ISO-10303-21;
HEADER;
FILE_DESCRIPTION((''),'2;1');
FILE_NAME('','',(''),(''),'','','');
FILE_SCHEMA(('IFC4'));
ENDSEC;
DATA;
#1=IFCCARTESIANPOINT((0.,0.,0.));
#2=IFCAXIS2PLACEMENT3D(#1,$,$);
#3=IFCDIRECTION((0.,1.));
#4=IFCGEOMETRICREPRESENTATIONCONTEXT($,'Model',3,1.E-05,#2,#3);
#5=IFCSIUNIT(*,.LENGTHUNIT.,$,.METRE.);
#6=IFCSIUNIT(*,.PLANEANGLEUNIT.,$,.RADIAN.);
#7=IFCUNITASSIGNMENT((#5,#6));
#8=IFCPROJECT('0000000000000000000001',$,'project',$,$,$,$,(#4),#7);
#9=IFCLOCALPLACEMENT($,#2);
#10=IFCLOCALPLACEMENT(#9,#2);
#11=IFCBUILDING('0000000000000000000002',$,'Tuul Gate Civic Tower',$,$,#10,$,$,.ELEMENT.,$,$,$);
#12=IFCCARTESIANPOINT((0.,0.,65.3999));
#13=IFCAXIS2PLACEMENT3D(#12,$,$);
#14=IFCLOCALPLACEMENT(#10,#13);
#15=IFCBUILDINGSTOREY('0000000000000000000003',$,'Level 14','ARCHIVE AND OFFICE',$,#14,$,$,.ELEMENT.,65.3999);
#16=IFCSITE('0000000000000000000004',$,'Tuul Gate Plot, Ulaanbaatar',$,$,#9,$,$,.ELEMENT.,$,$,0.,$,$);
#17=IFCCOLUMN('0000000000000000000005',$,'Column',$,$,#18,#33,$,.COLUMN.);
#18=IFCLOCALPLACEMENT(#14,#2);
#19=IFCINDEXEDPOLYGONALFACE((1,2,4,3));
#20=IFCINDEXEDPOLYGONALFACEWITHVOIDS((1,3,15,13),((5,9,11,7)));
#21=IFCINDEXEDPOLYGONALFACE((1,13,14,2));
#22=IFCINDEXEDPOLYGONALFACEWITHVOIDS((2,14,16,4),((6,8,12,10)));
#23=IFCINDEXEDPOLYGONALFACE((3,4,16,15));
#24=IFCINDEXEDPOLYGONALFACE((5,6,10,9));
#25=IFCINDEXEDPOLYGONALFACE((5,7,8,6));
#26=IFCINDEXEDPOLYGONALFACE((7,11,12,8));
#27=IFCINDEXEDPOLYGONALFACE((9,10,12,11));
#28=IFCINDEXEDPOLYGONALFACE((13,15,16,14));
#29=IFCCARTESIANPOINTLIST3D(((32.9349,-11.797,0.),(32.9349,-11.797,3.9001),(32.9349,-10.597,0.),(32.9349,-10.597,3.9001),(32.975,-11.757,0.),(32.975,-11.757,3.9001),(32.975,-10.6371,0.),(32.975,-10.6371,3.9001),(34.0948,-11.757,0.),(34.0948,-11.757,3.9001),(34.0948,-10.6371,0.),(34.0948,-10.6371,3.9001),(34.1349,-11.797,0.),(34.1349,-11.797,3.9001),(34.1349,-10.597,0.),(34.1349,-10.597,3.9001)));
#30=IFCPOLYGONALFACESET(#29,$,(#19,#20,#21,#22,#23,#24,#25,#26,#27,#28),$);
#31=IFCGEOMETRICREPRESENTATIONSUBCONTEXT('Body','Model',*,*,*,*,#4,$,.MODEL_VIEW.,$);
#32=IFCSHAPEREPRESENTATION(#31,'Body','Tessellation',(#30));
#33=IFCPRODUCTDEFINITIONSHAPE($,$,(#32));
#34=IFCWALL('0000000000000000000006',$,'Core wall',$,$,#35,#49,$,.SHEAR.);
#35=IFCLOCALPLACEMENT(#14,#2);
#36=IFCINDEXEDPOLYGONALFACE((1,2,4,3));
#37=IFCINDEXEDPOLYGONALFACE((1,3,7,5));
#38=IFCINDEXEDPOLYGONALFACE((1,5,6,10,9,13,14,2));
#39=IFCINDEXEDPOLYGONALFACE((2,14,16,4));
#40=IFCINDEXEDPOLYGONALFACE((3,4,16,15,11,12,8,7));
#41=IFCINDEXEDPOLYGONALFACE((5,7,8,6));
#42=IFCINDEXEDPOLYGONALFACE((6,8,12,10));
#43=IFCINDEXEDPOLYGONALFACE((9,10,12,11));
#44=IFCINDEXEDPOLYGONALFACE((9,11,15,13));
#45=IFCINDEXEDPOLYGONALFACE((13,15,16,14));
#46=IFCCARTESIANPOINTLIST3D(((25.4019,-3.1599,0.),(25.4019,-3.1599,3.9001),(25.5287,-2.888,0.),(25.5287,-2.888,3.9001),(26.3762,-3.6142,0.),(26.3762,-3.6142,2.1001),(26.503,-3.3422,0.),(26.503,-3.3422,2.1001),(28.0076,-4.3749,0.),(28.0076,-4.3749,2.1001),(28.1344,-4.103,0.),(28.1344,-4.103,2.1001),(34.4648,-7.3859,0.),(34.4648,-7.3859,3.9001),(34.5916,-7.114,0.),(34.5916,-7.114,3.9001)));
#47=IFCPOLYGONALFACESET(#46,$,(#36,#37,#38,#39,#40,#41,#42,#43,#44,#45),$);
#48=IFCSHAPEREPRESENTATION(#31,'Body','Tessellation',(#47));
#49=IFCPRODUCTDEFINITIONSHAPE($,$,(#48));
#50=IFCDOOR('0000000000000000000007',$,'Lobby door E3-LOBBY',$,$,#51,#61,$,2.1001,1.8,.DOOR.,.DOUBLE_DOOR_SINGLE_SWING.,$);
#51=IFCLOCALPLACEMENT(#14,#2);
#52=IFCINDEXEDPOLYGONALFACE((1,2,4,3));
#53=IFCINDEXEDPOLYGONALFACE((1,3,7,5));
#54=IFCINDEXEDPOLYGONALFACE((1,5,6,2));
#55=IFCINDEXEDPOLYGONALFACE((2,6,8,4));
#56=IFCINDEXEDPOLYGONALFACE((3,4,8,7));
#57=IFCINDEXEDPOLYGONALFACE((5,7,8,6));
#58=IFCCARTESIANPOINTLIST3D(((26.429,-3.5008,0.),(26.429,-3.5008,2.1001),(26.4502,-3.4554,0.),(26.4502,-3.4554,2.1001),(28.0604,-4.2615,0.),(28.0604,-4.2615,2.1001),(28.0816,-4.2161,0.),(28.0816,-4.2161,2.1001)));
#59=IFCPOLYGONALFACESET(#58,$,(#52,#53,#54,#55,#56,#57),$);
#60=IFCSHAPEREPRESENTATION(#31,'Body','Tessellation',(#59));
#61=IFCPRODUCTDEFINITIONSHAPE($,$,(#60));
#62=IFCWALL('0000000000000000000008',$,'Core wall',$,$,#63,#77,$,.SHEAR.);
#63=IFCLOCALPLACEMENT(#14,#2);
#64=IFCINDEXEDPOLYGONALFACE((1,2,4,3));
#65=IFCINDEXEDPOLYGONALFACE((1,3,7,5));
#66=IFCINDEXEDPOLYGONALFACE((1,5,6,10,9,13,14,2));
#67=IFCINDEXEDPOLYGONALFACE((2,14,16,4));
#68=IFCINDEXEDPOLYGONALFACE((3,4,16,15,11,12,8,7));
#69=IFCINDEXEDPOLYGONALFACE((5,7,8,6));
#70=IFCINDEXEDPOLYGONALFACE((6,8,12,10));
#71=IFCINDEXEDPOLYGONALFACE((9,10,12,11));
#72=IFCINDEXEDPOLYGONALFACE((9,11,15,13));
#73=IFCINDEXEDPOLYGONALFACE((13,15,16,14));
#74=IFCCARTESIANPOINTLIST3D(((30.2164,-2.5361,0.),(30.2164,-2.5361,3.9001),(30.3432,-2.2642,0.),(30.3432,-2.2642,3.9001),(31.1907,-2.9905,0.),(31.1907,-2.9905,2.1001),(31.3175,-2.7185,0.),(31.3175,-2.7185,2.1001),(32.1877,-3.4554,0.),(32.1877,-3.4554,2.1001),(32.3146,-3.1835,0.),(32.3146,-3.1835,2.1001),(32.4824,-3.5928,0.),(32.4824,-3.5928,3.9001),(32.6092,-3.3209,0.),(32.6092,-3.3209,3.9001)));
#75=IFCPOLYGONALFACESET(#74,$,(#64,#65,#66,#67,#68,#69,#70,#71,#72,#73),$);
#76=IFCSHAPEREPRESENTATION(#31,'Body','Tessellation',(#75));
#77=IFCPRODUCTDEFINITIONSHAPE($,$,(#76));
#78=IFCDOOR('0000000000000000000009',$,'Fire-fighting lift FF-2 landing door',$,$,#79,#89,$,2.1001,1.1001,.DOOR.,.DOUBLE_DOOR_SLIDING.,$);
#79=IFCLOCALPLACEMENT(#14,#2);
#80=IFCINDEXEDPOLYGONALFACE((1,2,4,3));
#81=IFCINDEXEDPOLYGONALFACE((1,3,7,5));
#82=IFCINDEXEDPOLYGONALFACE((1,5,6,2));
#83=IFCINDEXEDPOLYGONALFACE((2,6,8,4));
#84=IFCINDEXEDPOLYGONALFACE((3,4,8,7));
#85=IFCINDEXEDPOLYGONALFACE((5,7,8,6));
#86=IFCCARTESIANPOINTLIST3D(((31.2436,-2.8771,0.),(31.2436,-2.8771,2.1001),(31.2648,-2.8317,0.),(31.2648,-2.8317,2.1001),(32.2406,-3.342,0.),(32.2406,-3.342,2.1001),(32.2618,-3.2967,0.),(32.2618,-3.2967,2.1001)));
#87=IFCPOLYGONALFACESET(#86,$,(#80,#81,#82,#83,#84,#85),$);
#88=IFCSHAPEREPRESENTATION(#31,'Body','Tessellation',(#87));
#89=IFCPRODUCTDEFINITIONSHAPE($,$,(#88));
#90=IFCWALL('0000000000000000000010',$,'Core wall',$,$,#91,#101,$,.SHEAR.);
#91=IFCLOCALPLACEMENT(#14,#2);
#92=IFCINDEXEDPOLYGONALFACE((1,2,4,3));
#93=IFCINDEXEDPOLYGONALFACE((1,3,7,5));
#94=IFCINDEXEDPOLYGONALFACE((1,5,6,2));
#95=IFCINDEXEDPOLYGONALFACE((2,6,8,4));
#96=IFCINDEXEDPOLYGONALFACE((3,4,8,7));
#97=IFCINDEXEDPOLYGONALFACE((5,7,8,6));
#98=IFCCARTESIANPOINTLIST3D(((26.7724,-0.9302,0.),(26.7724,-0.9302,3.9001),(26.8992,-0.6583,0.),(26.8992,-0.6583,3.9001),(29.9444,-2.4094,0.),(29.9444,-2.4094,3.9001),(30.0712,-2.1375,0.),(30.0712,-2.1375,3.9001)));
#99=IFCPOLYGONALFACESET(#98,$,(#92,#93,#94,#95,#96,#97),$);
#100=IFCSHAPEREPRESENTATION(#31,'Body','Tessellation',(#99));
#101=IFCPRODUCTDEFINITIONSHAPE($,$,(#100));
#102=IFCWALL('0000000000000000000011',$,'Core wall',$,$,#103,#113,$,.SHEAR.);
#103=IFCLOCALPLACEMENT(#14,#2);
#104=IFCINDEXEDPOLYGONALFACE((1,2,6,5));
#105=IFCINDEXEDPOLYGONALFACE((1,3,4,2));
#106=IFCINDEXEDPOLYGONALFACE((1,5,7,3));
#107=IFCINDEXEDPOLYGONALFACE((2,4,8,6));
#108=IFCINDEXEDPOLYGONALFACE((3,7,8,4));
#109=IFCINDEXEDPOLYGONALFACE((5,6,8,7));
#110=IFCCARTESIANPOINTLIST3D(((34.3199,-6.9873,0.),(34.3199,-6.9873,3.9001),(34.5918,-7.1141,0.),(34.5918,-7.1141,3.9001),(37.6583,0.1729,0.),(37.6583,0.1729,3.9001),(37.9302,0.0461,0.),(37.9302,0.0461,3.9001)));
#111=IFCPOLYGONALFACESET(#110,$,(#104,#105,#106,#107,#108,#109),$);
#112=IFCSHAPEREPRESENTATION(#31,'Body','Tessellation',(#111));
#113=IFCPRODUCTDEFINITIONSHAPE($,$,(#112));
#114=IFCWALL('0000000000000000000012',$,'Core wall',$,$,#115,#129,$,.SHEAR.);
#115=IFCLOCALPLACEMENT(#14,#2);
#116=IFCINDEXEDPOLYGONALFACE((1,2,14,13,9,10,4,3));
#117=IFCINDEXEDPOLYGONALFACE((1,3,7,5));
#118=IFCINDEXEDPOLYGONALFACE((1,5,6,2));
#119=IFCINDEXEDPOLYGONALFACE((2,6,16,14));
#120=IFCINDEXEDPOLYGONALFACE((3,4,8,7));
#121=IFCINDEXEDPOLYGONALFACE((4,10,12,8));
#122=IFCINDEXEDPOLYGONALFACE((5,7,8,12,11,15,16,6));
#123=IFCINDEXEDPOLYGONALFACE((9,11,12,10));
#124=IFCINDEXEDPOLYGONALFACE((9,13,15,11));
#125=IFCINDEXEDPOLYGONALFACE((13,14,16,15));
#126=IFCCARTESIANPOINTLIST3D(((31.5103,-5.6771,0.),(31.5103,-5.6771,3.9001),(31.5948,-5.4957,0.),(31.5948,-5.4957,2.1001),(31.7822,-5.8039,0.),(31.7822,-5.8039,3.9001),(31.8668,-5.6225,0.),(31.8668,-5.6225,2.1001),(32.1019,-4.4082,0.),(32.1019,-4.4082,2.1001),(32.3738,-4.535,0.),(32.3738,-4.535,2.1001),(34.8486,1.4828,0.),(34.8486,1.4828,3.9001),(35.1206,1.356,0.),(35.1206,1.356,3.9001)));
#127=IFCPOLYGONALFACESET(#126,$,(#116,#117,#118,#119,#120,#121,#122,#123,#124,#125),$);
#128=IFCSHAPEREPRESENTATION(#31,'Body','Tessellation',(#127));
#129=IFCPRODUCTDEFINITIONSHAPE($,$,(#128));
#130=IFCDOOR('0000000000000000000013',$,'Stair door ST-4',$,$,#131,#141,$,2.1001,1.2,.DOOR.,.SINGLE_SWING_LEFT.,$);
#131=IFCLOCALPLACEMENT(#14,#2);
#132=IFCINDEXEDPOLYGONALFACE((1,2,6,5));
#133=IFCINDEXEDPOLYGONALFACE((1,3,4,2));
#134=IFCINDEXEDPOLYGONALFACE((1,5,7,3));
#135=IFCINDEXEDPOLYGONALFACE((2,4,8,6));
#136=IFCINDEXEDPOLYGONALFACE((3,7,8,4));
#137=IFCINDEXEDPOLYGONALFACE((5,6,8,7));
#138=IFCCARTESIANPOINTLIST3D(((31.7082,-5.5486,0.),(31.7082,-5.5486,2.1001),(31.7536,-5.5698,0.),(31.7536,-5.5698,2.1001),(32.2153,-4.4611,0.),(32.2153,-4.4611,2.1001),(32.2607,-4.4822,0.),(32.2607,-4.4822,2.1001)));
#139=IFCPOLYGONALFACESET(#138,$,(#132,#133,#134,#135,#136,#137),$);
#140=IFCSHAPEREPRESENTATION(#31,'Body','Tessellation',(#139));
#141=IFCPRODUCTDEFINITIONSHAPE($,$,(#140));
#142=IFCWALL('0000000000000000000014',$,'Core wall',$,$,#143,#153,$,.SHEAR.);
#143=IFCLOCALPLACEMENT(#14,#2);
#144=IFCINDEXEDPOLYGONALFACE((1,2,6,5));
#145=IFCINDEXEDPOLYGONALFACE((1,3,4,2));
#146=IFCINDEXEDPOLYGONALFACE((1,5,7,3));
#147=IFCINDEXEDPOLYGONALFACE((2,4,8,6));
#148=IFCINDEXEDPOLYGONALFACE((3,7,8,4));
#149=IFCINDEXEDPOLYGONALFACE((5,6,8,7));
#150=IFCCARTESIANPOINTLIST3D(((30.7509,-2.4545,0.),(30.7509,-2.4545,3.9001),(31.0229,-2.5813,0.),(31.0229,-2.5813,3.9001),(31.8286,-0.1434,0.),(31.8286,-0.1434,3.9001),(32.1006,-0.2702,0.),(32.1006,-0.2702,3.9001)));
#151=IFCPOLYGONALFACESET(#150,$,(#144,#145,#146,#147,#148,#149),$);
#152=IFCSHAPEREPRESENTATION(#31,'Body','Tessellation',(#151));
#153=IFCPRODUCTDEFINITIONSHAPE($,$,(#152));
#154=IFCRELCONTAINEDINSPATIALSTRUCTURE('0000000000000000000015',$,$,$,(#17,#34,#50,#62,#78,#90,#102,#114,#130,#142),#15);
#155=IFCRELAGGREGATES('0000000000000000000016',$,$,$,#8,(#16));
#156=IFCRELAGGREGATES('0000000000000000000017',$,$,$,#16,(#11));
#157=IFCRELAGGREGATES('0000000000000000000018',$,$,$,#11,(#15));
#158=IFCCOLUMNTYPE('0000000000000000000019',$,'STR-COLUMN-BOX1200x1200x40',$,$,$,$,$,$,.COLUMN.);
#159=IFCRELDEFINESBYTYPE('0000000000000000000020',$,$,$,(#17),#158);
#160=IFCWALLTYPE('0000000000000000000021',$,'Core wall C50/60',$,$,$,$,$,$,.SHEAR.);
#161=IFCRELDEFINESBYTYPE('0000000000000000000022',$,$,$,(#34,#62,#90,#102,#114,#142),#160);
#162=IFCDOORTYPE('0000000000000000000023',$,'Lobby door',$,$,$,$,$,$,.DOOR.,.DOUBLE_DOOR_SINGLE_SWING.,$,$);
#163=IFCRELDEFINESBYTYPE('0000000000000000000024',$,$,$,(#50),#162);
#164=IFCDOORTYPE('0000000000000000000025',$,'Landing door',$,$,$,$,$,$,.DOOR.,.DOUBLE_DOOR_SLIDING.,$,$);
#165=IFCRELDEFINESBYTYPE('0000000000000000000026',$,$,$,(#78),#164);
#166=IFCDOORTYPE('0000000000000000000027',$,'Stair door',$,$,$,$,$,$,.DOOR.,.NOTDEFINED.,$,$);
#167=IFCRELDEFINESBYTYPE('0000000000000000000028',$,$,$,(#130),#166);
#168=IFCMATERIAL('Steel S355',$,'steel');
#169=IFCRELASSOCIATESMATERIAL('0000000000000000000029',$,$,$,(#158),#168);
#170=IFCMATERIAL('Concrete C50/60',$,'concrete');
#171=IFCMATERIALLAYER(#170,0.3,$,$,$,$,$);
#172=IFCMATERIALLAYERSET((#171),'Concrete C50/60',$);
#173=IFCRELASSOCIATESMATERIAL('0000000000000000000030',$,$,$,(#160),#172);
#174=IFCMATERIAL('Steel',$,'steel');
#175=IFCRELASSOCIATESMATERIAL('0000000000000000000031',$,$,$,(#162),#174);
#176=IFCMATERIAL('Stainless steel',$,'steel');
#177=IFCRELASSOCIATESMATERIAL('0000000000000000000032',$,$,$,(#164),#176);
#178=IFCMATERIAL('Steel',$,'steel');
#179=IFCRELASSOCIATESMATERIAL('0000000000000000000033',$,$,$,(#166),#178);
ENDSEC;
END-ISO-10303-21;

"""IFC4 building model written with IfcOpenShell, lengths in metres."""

from ifc_helpers import new_model, si_unit, direction, frame, frame_2d, origin, origin_2d, place, context, subcontext, project, spatial, rectangle, hollow_rectangle, extrude, material, layer, layer_set, material_profile, profile_set, type_object, element, fill, save


model = new_model("IFC4")

# Units and contexts
model_context = context("Model", 3, precision=1e-05, world=origin(), true_north=direction((0.0, 1.0)))
body_context = subcontext(model_context, "Body", "Model", "MODEL_VIEW")
ifc_project = project(units=[si_unit("LENGTHUNIT", "METRE"), si_unit("PLANEANGLEUNIT", "RADIAN")], contexts=[model_context])

# Site, building, storey
site_placement = place(None, origin())
site = spatial("IfcSite", under=ifc_project, at=site_placement, Name="Tuul Gate Plot, Ulaanbaatar", CompositionType="ELEMENT", RefElevation=0.0)
building_placement = place(site_placement, origin())
building = spatial("IfcBuilding", under=site, at=building_placement, Name="Tuul Gate Civic Tower", CompositionType="ELEMENT")
storey_placement = place(building_placement, frame((0.0, 0.0, 65.3999)))
storey = spatial("IfcBuildingStorey", under=building, at=storey_placement, Name="Level 14", Description="ARCHIVE AND OFFICE", CompositionType="ELEMENT", Elevation=65.3999)

# Column
ifc_material_1 = material(Name="Steel S355", Category="steel")
ifc_material_profile = material_profile(ifc_material_1, hollow_rectangle(XDim=1.2, YDim=1.2, WallThickness=0.04, at=origin_2d()), Name="BOX1200x1200x40")
ifc_profile_set = profile_set([ifc_material_profile], Name="Steel S355")
column_type = type_object("IfcColumnType", Name="STR-COLUMN-BOX1200x1200x40", PredefinedType="COLUMN", material=ifc_profile_set)
column_placement = place(storey_placement, frame((33.5349, -11.197, 0.0), z_axis=(0.0, 0.0, 1.0), x_axis=(1.0, 0.0, 0.0)))
element("IfcColumn", 1, at=column_placement, inside=storey, type_object=column_type, Name="Column", PredefinedType="COLUMN", context=body_context, shape_type="SweptSolid", body=[
    extrude(hollow_rectangle(XDim=1.2, YDim=1.2, WallThickness=0.04, at=origin_2d()), origin(), (0.0, 0.0, 1.0), 3.9001),
])

# Walls, openings, doors
ifc_material_2 = material(Name="Concrete C50/60", Category="concrete")
ifc_layer_1 = layer(ifc_material_2, 0.3)
ifc_layer_set_1 = layer_set([ifc_layer_1], Name="Concrete C50/60")
wall_type_1 = type_object("IfcWallType", Name="Core wall C50/60", PredefinedType="SHEAR", material=ifc_layer_set_1)
wall_1_placement = place(storey_placement, frame((34.5283, -7.25, 0.0), z_axis=(0.0, 0.0, 1.0), x_axis=(-0.90631, 0.422613, 0.0)))
wall_1 = element("IfcWall", 2, at=wall_1_placement, inside=storey, type_object=wall_type_1, Name="Core wall", PredefinedType="SHEAR", context=body_context, shape_type="SweptSolid", body=[
    extrude(rectangle(XDim=9.9998, YDim=0.3, at=frame_2d((5.0, 0.0))), origin(), (0.0, 0.0, 1.0), 3.9001),
])
opening_1_placement = place(wall_1_placement, frame((7.125, 0.0, 0.0)))
opening_1 = element("IfcOpeningElement", 3, at=opening_1_placement, cuts=wall_1, PredefinedType="OPENING", context=body_context, shape_type="SweptSolid", body=[
    extrude(rectangle(XDim=1.8, YDim=2.1001, at=frame_2d((0.8999, 1.05))), frame((0.0, 0.1602, 0.0), z_axis=(0.0, -1.0, 0.0), x_axis=(1.0, 0.0, 0.0)), (0.0, 0.0, 1.0), 0.3201),
])
ifc_material_3 = material(Name="Steel", Category="steel")
door_type_1 = type_object("IfcDoorType", Name="Lobby door", OperationType="DOUBLE_DOOR_SINGLE_SWING", PredefinedType="DOOR", material=ifc_material_3)
door_1_placement = place(opening_1_placement, origin())
door_1 = element("IfcDoor", 4, at=door_1_placement, inside=storey, type_object=door_type_1, Name="Lobby door E3-LOBBY", OperationType="DOUBLE_DOOR_SINGLE_SWING", OverallHeight=2.1001, OverallWidth=1.8, PredefinedType="DOOR", context=body_context, shape_type="SweptSolid", body=[
    extrude(rectangle(XDim=1.8, YDim=2.1001, at=frame_2d((0.8999, 1.05))), frame((0.0, 0.0249, 0.0), z_axis=(0.0, -1.0, 0.0), x_axis=(1.0, 0.0, 0.0)), (0.0, 0.0, 1.0), 0.05),
])
fill(opening_1, door_1)
wall_2_placement = place(storey_placement, frame((32.5457, -3.4568, 0.0), z_axis=(0.0, 0.0, 1.0), x_axis=(-0.9063, 0.422634, 0.0)))
wall_2 = element("IfcWall", 5, at=wall_2_placement, inside=storey, type_object=wall_type_1, Name="Core wall", PredefinedType="SHEAR", context=body_context, shape_type="SweptSolid", body=[
    extrude(rectangle(XDim=2.5002, YDim=0.3, at=frame_2d((1.25, 0.0))), origin(), (0.0, 0.0, 1.0), 3.9001),
])
opening_2_placement = place(wall_2_placement, frame((0.325, 0.0, 0.0)))
opening_2 = element("IfcOpeningElement", 6, at=opening_2_placement, cuts=wall_2, PredefinedType="OPENING", context=body_context, shape_type="SweptSolid", body=[
    extrude(rectangle(XDim=1.1001, YDim=2.1001, at=frame_2d((0.55, 1.05))), frame((0.0, 0.1602, 0.0), z_axis=(0.0, -1.0, 0.0), x_axis=(1.0, 0.0, 0.0)), (0.0, 0.0, 1.0), 0.3201),
])
ifc_material_4 = material(Name="Stainless steel", Category="steel")
door_type_2 = type_object("IfcDoorType", Name="Landing door", OperationType="DOUBLE_DOOR_SLIDING", PredefinedType="DOOR", material=ifc_material_4)
door_2_placement = place(opening_2_placement, origin())
door_2 = element("IfcDoor", 7, at=door_2_placement, inside=storey, type_object=door_type_2, Name="Fire-fighting lift FF-2 landing door", OperationType="DOUBLE_DOOR_SLIDING", OverallHeight=2.1001, OverallWidth=1.1001, PredefinedType="DOOR", context=body_context, shape_type="SweptSolid", body=[
    extrude(rectangle(XDim=1.1001, YDim=2.1001, at=frame_2d((0.55, 1.05))), frame((0.0, 0.0249, 0.0), z_axis=(0.0, -1.0, 0.0), x_axis=(1.0, 0.0, 0.0)), (0.0, 0.0, 1.0), 0.05),
])
fill(opening_2, door_2)

# Walls
wall_3_placement = place(storey_placement, frame((30.0078, -2.2734, 0.0), z_axis=(0.0, 0.0, 1.0), x_axis=(-0.906301, 0.422633, 0.0)))
element("IfcWall", 8, at=wall_3_placement, inside=storey, type_object=wall_type_1, Name="Core wall", PredefinedType="SHEAR", context=body_context, shape_type="SweptSolid", body=[
    extrude(rectangle(XDim=3.5, YDim=0.3, at=frame_2d((1.75, 0.0))), origin(), (0.0, 0.0, 1.0), 3.9001),
])
wall_4_placement = place(storey_placement, frame((34.4558, -7.0508, 0.0), z_axis=(0.0, 0.0, 1.0), x_axis=(0.422571, 0.90633, 0.0)))
element("IfcWall", 9, at=wall_4_placement, inside=storey, type_object=wall_type_1, Name="Core wall", PredefinedType="SHEAR", context=body_context, shape_type="SweptSolid", body=[
    extrude(rectangle(XDim=7.9001, YDim=0.3, at=frame_2d((3.9502, 0.0))), origin(), (0.0, 0.0, 1.0), 3.9001),
])

# Wall, opening, door
wall_5_placement = place(storey_placement, frame((31.6462, -5.7405, 0.0), z_axis=(0.0, 0.0, 1.0), x_axis=(0.422583, 0.906324, 0.0)))
wall_5 = element("IfcWall", 10, at=wall_5_placement, inside=storey, type_object=wall_type_1, Name="Core wall", PredefinedType="SHEAR", context=body_context, shape_type="SweptSolid", body=[
    extrude(rectangle(XDim=7.8999, YDim=0.3, at=frame_2d((3.95, 0.0))), origin(), (0.0, 0.0, 1.0), 3.9001),
])
opening_3_placement = place(wall_5_placement, frame((0.2, 0.0, 0.0)))
opening_3 = element("IfcOpeningElement", 11, at=opening_3_placement, cuts=wall_5, PredefinedType="OPENING", context=body_context, shape_type="SweptSolid", body=[
    extrude(rectangle(XDim=1.2, YDim=2.1001, at=frame_2d((0.6001, 1.05))), frame((0.0, 0.1602, 0.0), z_axis=(0.0, -1.0, 0.0), x_axis=(1.0, 0.0, 0.0)), (0.0, 0.0, 1.0), 0.3201),
])
ifc_material_5 = material(Name="Steel", Category="steel")
door_type_3 = type_object("IfcDoorType", Name="Stair door", OperationType="NOTDEFINED", PredefinedType="DOOR", material=ifc_material_5)
door_3_placement = place(opening_3_placement, origin())
door_3 = element("IfcDoor", 12, at=door_3_placement, inside=storey, type_object=door_type_3, Name="Stair door ST-4", OperationType="SINGLE_SWING_LEFT", OverallHeight=2.1001, OverallWidth=1.2, PredefinedType="DOOR", context=body_context, shape_type="SweptSolid", body=[
    extrude(rectangle(XDim=1.2, YDim=2.1001, at=frame_2d((0.6001, 1.05))), frame((0.0, 0.0249, 0.0), z_axis=(0.0, -1.0, 0.0), x_axis=(1.0, 0.0, 0.0)), (0.0, 0.0, 1.0), 0.05),
])
fill(opening_3, door_3)

# Wall
wall_6_placement = place(storey_placement, frame((30.887, -2.5178, 0.0), z_axis=(0.0, 0.0, 1.0), x_axis=(0.422613, 0.90631, 0.0)))
element("IfcWall", 13, at=wall_6_placement, inside=storey, type_object=wall_type_1, Name="Core wall", PredefinedType="SHEAR", context=body_context, shape_type="SweptSolid", body=[
    extrude(rectangle(XDim=2.55, YDim=0.3, at=frame_2d((1.2749, 0.0))), origin(), (0.0, 0.0, 1.0), 3.9001),
])

save(model, "model.ifc")
